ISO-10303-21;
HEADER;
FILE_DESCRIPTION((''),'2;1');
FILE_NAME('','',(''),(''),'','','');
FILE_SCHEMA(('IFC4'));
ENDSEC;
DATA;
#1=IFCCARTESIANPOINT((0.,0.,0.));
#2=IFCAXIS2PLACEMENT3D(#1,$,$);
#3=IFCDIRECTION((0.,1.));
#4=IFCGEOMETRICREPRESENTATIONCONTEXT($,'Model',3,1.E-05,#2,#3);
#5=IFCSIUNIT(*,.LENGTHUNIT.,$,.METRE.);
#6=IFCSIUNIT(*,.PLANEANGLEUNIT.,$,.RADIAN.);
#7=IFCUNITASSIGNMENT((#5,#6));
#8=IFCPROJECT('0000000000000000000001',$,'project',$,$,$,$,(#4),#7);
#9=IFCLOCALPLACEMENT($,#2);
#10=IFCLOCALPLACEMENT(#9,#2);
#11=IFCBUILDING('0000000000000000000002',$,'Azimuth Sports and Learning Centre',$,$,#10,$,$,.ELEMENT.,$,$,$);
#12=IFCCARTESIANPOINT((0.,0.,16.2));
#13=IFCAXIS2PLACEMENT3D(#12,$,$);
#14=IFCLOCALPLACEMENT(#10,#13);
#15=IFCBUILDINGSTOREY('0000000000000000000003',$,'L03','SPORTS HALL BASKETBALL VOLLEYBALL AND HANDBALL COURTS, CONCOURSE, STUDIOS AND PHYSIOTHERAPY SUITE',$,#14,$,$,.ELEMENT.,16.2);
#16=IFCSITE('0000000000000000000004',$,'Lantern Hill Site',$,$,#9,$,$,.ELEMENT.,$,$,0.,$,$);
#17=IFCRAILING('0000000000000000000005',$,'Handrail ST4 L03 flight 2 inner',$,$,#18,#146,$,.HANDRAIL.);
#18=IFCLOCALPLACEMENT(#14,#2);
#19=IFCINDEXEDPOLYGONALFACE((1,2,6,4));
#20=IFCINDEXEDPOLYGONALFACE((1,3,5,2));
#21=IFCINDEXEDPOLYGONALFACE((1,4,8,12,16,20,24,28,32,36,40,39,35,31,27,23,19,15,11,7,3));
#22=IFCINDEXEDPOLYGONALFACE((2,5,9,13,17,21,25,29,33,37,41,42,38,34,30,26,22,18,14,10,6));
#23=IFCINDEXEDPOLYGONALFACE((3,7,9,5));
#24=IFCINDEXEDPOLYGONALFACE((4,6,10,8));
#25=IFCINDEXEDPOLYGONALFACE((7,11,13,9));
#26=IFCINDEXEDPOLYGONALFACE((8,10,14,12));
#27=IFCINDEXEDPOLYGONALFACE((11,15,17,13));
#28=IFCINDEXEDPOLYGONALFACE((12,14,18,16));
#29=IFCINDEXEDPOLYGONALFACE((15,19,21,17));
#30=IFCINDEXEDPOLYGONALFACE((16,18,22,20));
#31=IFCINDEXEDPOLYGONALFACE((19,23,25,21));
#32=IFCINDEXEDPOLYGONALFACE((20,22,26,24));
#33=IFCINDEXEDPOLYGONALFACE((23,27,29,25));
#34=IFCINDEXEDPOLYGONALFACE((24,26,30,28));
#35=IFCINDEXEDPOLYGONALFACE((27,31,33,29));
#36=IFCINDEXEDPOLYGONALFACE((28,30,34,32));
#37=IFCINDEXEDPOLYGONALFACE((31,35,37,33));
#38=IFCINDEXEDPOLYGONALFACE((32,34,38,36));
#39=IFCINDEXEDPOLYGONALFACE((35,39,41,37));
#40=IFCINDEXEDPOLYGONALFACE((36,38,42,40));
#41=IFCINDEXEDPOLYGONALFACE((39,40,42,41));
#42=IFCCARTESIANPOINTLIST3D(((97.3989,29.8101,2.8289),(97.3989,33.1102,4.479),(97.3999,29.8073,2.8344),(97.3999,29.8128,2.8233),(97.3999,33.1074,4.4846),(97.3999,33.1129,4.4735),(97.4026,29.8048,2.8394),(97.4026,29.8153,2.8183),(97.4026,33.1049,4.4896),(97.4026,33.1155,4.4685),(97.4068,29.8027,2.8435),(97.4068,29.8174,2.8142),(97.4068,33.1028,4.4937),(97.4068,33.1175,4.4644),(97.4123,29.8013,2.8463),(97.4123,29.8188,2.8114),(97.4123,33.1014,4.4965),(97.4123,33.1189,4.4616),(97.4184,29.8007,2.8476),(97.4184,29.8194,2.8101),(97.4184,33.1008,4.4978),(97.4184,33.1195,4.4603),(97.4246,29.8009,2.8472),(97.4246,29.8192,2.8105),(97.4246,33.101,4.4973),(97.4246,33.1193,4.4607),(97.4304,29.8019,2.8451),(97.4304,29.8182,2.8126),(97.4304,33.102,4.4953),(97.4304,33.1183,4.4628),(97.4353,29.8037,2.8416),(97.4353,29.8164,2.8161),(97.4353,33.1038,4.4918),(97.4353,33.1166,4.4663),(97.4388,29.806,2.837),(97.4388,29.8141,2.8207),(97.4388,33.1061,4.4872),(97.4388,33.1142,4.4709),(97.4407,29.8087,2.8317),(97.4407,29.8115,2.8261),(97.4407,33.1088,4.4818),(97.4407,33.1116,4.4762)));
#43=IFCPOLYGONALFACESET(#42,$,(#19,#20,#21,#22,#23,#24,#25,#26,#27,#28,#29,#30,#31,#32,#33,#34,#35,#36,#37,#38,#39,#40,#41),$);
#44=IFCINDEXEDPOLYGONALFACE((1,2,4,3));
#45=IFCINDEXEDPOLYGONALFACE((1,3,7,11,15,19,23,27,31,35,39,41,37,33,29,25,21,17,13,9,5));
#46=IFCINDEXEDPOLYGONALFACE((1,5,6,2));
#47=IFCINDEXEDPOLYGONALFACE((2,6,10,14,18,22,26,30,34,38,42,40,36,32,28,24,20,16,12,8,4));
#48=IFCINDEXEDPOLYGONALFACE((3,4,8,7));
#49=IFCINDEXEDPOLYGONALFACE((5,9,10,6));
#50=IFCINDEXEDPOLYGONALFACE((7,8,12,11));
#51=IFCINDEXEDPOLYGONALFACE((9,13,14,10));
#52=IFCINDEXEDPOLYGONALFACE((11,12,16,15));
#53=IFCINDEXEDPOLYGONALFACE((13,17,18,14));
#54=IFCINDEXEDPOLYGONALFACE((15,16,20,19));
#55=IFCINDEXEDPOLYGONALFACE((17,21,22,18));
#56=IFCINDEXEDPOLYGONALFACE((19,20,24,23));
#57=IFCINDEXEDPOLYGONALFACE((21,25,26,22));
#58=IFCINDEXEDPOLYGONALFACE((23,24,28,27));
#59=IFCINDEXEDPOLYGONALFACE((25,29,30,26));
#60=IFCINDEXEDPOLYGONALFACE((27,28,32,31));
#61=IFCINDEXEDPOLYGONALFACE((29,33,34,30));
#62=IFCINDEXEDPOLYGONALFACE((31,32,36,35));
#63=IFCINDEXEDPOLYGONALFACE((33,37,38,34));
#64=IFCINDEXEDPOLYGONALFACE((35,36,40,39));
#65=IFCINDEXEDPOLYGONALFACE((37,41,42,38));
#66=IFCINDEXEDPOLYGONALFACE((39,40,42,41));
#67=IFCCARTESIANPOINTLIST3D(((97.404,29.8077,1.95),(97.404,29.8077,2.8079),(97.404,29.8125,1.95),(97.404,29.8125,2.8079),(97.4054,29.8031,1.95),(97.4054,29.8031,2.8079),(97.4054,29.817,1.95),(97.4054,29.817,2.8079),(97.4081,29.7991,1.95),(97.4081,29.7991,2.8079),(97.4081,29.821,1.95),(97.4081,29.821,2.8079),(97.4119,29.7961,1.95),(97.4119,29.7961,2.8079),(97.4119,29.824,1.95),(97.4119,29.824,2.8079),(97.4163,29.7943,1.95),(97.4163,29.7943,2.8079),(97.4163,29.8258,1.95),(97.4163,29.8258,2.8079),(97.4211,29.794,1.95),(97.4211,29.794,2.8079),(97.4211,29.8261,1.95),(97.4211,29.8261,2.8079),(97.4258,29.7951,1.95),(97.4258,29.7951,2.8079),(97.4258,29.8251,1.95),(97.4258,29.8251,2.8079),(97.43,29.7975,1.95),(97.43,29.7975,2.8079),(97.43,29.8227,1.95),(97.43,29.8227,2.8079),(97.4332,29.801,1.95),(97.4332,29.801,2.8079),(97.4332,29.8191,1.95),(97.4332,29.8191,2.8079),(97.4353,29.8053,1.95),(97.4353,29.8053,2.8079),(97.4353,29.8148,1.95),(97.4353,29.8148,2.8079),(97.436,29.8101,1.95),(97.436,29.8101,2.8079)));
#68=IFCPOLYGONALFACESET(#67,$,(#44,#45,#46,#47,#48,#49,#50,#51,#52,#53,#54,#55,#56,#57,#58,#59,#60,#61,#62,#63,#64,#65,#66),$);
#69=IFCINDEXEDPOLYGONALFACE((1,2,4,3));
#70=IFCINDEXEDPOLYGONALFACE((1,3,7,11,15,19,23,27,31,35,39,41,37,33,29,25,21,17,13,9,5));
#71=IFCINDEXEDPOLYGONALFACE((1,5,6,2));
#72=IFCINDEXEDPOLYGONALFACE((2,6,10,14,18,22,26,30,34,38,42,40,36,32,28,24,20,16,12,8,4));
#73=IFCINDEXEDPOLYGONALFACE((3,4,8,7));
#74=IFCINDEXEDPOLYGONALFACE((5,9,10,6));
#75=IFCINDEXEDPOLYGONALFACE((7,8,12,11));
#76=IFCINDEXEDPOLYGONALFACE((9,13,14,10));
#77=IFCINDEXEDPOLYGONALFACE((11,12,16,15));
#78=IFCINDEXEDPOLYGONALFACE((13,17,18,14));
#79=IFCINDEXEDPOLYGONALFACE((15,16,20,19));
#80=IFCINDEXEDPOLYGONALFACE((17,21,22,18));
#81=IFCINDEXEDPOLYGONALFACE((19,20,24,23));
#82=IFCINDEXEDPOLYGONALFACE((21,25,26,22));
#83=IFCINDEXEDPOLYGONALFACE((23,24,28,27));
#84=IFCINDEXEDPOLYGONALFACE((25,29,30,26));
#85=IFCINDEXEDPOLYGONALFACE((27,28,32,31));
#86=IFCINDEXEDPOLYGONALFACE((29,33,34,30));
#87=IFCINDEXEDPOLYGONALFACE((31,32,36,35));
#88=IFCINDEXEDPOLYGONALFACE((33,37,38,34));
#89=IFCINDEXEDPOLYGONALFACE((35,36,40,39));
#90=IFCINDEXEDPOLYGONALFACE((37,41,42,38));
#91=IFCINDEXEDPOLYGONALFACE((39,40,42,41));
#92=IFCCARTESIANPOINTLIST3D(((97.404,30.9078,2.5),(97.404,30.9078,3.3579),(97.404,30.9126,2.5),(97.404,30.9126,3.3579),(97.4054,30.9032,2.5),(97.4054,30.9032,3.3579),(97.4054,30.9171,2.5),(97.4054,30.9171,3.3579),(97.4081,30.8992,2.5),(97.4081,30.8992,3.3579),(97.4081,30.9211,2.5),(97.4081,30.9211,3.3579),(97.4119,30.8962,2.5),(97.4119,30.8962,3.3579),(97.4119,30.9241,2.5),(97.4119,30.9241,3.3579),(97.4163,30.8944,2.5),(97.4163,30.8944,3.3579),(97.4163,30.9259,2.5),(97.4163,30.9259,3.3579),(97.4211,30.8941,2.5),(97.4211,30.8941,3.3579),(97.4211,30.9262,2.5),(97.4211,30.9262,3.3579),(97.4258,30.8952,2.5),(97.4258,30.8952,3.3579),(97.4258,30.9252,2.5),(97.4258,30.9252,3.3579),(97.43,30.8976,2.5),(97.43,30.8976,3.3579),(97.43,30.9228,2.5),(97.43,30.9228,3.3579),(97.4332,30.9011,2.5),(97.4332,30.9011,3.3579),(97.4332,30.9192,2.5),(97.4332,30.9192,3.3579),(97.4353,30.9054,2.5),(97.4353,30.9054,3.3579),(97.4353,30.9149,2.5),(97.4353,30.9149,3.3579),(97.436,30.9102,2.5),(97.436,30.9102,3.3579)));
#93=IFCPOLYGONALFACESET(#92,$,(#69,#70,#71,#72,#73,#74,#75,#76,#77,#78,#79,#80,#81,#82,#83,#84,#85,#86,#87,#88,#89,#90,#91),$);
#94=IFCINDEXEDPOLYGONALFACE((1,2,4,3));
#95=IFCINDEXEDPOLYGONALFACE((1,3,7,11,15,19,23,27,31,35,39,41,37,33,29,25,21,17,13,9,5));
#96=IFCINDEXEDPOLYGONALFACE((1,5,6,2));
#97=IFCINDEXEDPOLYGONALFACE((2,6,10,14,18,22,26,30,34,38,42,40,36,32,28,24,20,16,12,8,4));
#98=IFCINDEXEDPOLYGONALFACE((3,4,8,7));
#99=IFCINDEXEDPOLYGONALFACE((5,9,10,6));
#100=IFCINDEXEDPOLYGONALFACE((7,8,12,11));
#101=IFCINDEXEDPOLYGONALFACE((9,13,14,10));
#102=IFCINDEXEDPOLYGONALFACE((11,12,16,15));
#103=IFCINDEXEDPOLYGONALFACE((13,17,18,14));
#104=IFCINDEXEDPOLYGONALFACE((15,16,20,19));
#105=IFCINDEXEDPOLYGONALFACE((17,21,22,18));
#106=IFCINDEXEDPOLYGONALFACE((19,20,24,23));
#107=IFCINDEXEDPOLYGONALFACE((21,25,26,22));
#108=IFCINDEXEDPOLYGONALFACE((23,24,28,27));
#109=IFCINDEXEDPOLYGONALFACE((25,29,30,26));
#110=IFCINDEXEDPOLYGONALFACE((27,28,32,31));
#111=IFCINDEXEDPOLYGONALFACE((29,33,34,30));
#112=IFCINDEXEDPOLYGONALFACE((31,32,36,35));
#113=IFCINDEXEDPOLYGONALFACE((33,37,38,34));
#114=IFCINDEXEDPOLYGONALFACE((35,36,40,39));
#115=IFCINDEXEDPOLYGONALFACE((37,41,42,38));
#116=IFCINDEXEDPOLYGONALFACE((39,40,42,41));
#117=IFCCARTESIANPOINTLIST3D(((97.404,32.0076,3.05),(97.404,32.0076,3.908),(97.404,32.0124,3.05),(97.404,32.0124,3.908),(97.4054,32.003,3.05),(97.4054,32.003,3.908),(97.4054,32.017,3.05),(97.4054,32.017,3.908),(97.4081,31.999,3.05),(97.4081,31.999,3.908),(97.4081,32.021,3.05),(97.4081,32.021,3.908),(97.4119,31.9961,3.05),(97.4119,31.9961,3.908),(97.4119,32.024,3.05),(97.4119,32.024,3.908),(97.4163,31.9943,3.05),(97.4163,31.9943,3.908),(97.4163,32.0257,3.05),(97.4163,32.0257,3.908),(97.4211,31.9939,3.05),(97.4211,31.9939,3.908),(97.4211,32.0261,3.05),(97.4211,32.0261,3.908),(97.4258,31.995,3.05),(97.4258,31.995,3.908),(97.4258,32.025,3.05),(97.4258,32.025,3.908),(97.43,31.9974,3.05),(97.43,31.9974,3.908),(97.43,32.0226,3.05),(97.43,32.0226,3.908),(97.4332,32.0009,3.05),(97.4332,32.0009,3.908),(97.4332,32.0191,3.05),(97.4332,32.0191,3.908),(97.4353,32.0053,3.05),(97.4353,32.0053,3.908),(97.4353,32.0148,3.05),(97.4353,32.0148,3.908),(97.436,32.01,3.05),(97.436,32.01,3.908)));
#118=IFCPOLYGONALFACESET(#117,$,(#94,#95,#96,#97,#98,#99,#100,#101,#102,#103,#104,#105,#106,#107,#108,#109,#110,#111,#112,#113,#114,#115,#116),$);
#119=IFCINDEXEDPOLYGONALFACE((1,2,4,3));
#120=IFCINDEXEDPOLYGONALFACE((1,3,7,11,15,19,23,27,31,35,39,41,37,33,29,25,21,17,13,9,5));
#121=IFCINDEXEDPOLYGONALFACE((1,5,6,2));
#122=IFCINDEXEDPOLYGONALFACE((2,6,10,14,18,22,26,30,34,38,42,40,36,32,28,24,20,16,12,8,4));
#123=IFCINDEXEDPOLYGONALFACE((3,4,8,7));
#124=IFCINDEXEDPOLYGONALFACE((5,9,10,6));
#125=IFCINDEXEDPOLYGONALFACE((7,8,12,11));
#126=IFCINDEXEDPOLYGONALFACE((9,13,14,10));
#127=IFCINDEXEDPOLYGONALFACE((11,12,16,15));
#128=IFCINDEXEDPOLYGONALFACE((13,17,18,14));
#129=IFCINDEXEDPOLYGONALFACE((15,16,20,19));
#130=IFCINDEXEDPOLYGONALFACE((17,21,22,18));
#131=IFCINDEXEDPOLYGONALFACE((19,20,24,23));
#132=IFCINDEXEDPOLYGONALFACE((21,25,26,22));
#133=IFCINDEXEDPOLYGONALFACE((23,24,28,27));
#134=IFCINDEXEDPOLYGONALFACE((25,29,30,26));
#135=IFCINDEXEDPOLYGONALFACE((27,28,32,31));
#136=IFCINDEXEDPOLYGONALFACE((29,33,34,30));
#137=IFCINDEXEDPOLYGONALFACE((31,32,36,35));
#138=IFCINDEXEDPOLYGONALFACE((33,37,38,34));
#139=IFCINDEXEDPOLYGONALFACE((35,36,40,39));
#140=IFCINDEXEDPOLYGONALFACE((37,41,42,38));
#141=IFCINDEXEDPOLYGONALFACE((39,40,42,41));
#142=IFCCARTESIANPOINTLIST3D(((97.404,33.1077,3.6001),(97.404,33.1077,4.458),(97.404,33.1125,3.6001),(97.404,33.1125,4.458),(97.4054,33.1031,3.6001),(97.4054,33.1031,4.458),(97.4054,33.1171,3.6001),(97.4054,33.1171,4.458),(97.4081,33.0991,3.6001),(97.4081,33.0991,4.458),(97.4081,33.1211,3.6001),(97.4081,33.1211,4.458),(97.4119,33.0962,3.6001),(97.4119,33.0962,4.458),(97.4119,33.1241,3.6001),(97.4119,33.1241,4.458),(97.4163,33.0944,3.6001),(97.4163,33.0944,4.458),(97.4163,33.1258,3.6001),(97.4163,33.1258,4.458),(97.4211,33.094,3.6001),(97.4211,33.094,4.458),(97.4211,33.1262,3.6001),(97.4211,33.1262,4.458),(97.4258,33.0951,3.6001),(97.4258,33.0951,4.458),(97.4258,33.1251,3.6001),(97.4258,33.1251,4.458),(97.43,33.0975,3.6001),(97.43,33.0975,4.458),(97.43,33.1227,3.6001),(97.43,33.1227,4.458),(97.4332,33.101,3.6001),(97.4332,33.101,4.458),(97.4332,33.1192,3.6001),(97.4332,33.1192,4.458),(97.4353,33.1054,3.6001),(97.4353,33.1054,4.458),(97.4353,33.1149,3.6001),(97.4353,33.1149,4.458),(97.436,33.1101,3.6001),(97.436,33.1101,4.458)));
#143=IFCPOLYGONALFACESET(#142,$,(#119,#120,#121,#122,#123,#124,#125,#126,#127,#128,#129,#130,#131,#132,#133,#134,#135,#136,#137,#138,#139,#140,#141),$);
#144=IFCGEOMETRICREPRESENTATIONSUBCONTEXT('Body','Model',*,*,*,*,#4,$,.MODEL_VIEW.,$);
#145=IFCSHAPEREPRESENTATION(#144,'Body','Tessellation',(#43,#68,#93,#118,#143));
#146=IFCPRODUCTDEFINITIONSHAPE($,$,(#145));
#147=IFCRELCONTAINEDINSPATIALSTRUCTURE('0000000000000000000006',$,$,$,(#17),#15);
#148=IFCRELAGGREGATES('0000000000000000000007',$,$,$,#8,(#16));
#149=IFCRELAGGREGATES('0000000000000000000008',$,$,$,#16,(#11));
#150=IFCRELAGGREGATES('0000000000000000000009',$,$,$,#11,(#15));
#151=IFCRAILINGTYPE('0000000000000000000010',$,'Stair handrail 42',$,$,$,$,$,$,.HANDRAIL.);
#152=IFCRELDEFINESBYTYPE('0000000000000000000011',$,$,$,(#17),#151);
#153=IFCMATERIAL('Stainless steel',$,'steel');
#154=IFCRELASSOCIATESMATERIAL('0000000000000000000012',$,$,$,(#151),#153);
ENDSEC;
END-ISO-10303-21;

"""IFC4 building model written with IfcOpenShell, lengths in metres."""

from ifc_helpers import new_model, si_unit, direction, frame, origin, origin_2d, place, context, subcontext, project, spatial, circle, extrude, material, type_object, element, save


model = new_model("IFC4")

# Units and contexts
model_context = context("Model", 3, precision=1e-05, world=origin(), true_north=direction((0.0, 1.0)))
body_context = subcontext(model_context, "Body", "Model", "MODEL_VIEW")
ifc_project = project(units=[si_unit("LENGTHUNIT", "METRE"), si_unit("PLANEANGLEUNIT", "RADIAN")], contexts=[model_context])

# Site, building, storey
site_placement = place(None, origin())
site = spatial("IfcSite", under=ifc_project, at=site_placement, Name="Lantern Hill Site", CompositionType="ELEMENT", RefElevation=0.0)
building_placement = place(site_placement, origin())
building = spatial("IfcBuilding", under=site, at=building_placement, Name="Azimuth Sports and Learning Centre", CompositionType="ELEMENT")
storey_placement = place(building_placement, frame((0.0, 0.0, 16.2)))
storey = spatial("IfcBuildingStorey", under=building, at=storey_placement, Name="L03", Description="SPORTS HALL BASKETBALL VOLLEYBALL AND HANDBALL COURTS, CONCOURSE, STUDIOS AND PHYSIOTHERAPY SUITE", CompositionType="ELEMENT", Elevation=16.2)

# Railing
ifc_material_1 = material(Name="Stainless steel", Category="steel")
railing_type_1 = type_object("IfcRailingType", Name="Stair handrail 42", PredefinedType="HANDRAIL", material=ifc_material_1)
for number, where, name in (
    (1, (97.4199, 29.8101, 1.95), "Handrail ST4 L03 flight 2 inner"),
):
    element("IfcRailing", number, at=place(storey_placement, frame(where)), inside=storey, type_object=railing_type_1, Name=name, PredefinedType="HANDRAIL", context=body_context, shape_type="SweptSolid", body=[
        extrude(circle(Radius=0.021, at=origin_2d()), frame((0.0, 0.0, 0.8789), z_axis=(0.0, 0.894414, 0.44724), x_axis=(-1.0, 0.0, 0.0)), (0.0, 0.0, 1.0), 3.6897),
        extrude(circle(Radius=0.0161, at=origin_2d()), origin(), (0.0, 0.0, 1.0), 0.8579),
        extrude(circle(Radius=0.0161, at=origin_2d()), frame((0.0, 1.1001, 0.55)), (0.0, 0.0, 1.0), 0.8579),
        extrude(circle(Radius=0.0161, at=origin_2d()), frame((0.0, 2.2, 1.1001)), (0.0, 0.0, 1.0), 0.8579),
        extrude(circle(Radius=0.0161, at=origin_2d()), frame((0.0, 3.3, 1.6501)), (0.0, 0.0, 1.0), 0.8579),
    ])

save(model, "model.ifc")
